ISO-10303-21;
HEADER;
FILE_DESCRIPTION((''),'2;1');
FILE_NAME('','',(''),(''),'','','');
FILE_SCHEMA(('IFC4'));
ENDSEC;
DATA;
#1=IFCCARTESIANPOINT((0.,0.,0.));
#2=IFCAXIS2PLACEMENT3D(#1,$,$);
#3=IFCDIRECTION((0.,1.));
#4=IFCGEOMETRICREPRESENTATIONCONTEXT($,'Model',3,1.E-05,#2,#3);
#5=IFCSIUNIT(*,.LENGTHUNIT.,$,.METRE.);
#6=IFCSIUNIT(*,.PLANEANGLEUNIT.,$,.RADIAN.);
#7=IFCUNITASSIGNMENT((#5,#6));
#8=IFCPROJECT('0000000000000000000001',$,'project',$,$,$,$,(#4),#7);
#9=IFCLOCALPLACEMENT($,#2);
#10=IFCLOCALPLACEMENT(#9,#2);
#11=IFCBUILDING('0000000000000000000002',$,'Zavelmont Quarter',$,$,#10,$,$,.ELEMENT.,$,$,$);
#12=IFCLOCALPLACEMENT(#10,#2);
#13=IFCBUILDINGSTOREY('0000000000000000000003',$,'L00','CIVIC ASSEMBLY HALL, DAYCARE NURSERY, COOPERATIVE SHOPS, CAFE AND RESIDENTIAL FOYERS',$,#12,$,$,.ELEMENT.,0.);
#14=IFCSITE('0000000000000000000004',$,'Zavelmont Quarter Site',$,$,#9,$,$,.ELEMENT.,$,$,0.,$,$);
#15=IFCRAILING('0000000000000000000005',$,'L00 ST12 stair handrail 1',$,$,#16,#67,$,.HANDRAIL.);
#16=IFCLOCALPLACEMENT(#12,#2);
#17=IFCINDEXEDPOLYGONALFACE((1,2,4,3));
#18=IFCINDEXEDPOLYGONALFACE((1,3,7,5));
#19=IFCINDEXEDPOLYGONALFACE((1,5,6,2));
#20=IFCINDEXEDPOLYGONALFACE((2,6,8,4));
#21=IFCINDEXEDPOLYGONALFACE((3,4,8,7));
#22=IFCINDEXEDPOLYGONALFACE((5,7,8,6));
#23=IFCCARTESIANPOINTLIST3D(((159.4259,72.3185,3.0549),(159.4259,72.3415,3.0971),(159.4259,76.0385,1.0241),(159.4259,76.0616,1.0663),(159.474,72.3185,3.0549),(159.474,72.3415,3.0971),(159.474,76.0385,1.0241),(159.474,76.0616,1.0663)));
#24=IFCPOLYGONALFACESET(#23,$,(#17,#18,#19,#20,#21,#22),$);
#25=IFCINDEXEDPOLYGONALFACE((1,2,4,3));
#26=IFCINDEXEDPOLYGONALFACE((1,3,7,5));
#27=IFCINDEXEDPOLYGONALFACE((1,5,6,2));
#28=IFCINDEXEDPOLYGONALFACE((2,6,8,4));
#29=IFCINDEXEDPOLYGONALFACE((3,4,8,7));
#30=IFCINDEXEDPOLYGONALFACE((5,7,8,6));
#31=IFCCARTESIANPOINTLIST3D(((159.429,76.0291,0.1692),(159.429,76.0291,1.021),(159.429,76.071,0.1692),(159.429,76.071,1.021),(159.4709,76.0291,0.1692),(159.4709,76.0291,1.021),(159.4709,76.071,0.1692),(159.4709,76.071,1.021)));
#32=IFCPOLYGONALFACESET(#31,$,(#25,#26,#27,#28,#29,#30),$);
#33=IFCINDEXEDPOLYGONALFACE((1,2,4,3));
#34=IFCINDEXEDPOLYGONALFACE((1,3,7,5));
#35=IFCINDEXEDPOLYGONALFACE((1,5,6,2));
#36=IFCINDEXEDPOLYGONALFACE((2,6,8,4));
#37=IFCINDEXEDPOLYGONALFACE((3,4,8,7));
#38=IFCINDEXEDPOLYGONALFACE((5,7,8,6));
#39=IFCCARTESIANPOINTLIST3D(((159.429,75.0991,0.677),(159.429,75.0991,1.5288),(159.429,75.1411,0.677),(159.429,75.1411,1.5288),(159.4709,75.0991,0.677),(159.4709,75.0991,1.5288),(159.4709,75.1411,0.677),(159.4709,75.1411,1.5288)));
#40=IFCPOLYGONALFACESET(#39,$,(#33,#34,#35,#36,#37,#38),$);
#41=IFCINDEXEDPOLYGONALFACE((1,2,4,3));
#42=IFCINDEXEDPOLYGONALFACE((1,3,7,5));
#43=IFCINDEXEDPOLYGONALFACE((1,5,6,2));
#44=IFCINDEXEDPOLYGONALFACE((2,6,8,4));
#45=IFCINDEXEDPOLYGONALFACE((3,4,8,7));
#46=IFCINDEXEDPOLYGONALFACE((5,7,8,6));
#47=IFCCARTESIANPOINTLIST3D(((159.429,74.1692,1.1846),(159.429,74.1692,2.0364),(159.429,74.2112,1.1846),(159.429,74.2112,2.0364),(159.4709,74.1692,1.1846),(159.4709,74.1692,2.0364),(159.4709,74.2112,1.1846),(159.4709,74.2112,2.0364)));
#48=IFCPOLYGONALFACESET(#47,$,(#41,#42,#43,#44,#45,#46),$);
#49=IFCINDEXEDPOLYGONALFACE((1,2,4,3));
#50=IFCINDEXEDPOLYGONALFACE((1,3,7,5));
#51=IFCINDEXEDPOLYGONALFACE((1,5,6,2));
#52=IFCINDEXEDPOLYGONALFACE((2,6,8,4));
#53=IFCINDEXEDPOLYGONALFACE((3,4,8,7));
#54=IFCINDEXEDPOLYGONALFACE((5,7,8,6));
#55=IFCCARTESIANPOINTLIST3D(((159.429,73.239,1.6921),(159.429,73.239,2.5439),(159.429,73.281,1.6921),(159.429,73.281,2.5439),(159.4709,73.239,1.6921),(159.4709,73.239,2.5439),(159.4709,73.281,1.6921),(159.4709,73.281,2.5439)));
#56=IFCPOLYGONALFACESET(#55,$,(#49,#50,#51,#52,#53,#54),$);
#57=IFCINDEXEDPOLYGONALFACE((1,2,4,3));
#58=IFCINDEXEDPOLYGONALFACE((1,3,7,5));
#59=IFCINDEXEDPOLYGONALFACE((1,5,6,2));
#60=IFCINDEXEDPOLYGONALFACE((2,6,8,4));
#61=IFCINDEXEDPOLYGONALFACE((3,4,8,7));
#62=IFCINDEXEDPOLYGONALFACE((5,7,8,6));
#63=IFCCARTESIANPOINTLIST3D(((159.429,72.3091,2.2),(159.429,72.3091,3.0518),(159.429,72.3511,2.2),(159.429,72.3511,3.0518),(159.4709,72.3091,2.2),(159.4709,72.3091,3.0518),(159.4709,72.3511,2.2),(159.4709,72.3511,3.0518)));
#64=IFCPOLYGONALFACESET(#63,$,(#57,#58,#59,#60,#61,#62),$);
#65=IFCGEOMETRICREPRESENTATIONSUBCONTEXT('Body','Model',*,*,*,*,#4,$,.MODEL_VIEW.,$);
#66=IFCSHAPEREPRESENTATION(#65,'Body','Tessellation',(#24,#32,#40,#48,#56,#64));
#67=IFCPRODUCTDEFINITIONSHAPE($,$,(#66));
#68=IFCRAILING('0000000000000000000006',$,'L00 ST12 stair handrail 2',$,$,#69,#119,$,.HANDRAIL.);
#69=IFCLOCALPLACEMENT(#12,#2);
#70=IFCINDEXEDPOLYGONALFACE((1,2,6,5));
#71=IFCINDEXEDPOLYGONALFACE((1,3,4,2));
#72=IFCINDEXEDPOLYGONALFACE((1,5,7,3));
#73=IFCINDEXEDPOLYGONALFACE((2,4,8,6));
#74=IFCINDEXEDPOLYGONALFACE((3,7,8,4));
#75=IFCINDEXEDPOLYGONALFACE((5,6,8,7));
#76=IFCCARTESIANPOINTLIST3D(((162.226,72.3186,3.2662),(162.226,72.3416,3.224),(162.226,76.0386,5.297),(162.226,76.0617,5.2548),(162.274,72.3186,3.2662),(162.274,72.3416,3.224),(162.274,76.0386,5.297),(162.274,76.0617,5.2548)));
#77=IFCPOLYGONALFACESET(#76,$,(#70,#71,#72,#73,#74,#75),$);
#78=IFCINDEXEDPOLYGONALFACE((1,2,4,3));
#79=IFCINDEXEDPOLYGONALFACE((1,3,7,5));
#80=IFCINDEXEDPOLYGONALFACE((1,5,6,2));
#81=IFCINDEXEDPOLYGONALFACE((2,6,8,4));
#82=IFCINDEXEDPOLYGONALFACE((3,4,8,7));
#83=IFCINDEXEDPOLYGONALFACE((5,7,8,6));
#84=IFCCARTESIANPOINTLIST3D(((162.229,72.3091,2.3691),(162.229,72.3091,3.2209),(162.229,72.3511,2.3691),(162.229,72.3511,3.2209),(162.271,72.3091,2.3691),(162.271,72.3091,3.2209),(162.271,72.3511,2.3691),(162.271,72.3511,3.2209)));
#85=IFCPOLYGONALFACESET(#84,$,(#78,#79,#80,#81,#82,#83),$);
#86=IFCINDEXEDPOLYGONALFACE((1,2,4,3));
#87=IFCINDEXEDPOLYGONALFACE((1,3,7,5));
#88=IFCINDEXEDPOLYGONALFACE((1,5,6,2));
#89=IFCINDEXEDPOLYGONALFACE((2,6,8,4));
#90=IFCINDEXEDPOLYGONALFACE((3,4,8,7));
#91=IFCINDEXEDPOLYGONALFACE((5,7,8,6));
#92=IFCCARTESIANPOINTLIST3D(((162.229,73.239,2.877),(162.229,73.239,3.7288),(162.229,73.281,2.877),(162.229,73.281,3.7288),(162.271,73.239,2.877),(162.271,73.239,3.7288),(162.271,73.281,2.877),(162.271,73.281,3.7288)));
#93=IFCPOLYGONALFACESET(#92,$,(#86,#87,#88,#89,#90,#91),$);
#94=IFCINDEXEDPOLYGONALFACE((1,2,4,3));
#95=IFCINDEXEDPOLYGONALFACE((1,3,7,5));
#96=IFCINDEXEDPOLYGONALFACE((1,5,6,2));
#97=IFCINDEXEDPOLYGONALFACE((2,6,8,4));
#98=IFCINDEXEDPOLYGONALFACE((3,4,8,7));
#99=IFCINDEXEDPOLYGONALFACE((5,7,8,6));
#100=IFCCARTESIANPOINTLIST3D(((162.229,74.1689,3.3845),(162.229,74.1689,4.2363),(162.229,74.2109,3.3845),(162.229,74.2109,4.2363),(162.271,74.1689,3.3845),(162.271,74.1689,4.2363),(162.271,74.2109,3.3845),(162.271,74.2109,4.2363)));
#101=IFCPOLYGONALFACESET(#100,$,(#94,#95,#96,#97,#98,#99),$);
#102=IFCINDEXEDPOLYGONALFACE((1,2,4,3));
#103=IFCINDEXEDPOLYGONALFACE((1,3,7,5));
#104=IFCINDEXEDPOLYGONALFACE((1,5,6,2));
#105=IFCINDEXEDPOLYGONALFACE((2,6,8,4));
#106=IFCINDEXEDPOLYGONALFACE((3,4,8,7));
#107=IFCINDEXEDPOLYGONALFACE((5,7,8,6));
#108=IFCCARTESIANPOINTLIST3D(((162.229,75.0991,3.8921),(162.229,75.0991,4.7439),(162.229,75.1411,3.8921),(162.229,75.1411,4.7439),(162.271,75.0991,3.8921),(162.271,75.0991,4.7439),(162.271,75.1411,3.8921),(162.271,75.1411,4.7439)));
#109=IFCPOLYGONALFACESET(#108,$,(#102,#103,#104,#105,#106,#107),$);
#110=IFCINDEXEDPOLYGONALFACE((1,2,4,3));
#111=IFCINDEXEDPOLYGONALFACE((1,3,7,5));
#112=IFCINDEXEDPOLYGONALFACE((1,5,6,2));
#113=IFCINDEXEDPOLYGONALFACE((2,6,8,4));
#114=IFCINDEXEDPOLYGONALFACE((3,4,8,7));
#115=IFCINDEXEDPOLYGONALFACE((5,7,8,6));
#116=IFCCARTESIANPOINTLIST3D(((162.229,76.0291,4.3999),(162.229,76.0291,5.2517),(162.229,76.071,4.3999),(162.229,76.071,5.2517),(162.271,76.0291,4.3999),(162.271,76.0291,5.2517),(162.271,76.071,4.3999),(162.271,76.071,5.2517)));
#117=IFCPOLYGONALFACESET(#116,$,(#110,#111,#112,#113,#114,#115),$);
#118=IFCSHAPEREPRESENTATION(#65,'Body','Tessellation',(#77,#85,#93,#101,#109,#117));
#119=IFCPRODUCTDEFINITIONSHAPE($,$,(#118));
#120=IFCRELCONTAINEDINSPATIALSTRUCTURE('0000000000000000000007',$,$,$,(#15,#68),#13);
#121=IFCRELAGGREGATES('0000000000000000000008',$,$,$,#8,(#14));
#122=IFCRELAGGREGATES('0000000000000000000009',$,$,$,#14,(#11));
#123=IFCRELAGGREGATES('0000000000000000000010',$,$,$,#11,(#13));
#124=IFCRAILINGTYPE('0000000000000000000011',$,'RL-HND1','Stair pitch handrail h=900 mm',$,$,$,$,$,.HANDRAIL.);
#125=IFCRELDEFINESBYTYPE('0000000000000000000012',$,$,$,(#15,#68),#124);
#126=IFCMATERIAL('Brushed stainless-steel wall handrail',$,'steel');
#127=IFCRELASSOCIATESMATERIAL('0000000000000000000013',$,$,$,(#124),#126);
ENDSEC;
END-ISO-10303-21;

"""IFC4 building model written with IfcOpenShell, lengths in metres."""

from ifc_helpers import new_model, si_unit, direction, frame, origin, origin_2d, place, context, subcontext, project, spatial, rectangle, extrude, material, type_object, element, save


model = new_model("IFC4")

# Units and contexts
model_context = context("Model", 3, precision=1e-05, world=origin(), true_north=direction((0.0, 1.0)))
body_context = subcontext(model_context, "Body", "Model", "MODEL_VIEW")
ifc_project = project(units=[si_unit("LENGTHUNIT", "METRE"), si_unit("PLANEANGLEUNIT", "RADIAN")], contexts=[model_context])

# Site, building, storey
site_placement = place(None, origin())
site = spatial("IfcSite", under=ifc_project, at=site_placement, Name="Zavelmont Quarter Site", CompositionType="ELEMENT", RefElevation=0.0)
building_placement = place(site_placement, origin())
building = spatial("IfcBuilding", under=site, at=building_placement, Name="Zavelmont Quarter", CompositionType="ELEMENT")
storey_placement = place(building_placement, origin())
storey = spatial("IfcBuildingStorey", under=building, at=storey_placement, Name="L00", Description="CIVIC ASSEMBLY HALL, DAYCARE NURSERY, COOPERATIVE SHOPS, CAFE AND RESIDENTIAL FOYERS", CompositionType="ELEMENT", Elevation=0.0)

# Railings
ifc_material_1 = material(Name="Brushed stainless-steel wall handrail", Category="steel")
railing_type_1 = type_object("IfcRailingType", Name="RL-HND1", Description="Stair pitch handrail h=900 mm", PredefinedType="HANDRAIL", material=ifc_material_1)
railing_1_placement = place(storey_placement, frame((159.45, 76.05, 0.1692)))
element("IfcRailing", 1, at=railing_1_placement, inside=storey, type_object=railing_type_1, Name="L00 ST12 stair handrail 1", PredefinedType="HANDRAIL", context=body_context, shape_type="SweptSolid", body=[
    extrude(rectangle(XDim=0.0481, YDim=0.0481, at=origin_2d()), frame((0.0, 0.0, 0.876), z_axis=(0.0, -0.877728, 0.479159), x_axis=(1.0, 0.0, 0.0)), (0.0, 0.0, 1.0), 4.2383),
    extrude(rectangle(XDim=0.042, YDim=0.042, at=origin_2d()), origin(), (0.0, 0.0, 1.0), 0.8518),
    extrude(rectangle(XDim=0.042, YDim=0.042, at=origin_2d()), frame((0.0, -0.9299, 0.5078)), (0.0, 0.0, 1.0), 0.8518),
    extrude(rectangle(XDim=0.042, YDim=0.042, at=origin_2d()), frame((0.0, -1.8599, 1.0154)), (0.0, 0.0, 1.0), 0.8518),
    extrude(rectangle(XDim=0.042, YDim=0.042, at=origin_2d()), frame((0.0, -2.79, 1.5229)), (0.0, 0.0, 1.0), 0.8518),
    extrude(rectangle(XDim=0.042, YDim=0.042, at=origin_2d()), frame((0.0, -3.72, 2.0308)), (0.0, 0.0, 1.0), 0.8518),
])
railing_2_placement = place(storey_placement, frame((162.25, 72.3301, 2.3691)))
element("IfcRailing", 2, at=railing_2_placement, inside=storey, type_object=railing_type_1, Name="L00 ST12 stair handrail 2", PredefinedType="HANDRAIL", context=body_context, shape_type="SweptSolid", body=[
    extrude(rectangle(XDim=0.0481, YDim=0.0481, at=origin_2d()), frame((0.0, 0.0, 0.876), z_axis=(0.0, 0.877728, 0.479159), x_axis=(-1.0, 0.0, 0.0)), (0.0, 0.0, 1.0), 4.2383),
    extrude(rectangle(XDim=0.042, YDim=0.042, at=origin_2d()), origin(), (0.0, 0.0, 1.0), 0.8518),
    extrude(rectangle(XDim=0.042, YDim=0.042, at=origin_2d()), frame((0.0, 0.9299, 0.5078)), (0.0, 0.0, 1.0), 0.8518),
    extrude(rectangle(XDim=0.042, YDim=0.042, at=origin_2d()), frame((0.0, 1.8599, 1.0154)), (0.0, 0.0, 1.0), 0.8518),
    extrude(rectangle(XDim=0.042, YDim=0.042, at=origin_2d()), frame((0.0, 2.79, 1.5229)), (0.0, 0.0, 1.0), 0.8518),
    extrude(rectangle(XDim=0.042, YDim=0.042, at=origin_2d()), frame((0.0, 3.72, 2.0308)), (0.0, 0.0, 1.0), 0.8518),
])

save(model, "model.ifc")
